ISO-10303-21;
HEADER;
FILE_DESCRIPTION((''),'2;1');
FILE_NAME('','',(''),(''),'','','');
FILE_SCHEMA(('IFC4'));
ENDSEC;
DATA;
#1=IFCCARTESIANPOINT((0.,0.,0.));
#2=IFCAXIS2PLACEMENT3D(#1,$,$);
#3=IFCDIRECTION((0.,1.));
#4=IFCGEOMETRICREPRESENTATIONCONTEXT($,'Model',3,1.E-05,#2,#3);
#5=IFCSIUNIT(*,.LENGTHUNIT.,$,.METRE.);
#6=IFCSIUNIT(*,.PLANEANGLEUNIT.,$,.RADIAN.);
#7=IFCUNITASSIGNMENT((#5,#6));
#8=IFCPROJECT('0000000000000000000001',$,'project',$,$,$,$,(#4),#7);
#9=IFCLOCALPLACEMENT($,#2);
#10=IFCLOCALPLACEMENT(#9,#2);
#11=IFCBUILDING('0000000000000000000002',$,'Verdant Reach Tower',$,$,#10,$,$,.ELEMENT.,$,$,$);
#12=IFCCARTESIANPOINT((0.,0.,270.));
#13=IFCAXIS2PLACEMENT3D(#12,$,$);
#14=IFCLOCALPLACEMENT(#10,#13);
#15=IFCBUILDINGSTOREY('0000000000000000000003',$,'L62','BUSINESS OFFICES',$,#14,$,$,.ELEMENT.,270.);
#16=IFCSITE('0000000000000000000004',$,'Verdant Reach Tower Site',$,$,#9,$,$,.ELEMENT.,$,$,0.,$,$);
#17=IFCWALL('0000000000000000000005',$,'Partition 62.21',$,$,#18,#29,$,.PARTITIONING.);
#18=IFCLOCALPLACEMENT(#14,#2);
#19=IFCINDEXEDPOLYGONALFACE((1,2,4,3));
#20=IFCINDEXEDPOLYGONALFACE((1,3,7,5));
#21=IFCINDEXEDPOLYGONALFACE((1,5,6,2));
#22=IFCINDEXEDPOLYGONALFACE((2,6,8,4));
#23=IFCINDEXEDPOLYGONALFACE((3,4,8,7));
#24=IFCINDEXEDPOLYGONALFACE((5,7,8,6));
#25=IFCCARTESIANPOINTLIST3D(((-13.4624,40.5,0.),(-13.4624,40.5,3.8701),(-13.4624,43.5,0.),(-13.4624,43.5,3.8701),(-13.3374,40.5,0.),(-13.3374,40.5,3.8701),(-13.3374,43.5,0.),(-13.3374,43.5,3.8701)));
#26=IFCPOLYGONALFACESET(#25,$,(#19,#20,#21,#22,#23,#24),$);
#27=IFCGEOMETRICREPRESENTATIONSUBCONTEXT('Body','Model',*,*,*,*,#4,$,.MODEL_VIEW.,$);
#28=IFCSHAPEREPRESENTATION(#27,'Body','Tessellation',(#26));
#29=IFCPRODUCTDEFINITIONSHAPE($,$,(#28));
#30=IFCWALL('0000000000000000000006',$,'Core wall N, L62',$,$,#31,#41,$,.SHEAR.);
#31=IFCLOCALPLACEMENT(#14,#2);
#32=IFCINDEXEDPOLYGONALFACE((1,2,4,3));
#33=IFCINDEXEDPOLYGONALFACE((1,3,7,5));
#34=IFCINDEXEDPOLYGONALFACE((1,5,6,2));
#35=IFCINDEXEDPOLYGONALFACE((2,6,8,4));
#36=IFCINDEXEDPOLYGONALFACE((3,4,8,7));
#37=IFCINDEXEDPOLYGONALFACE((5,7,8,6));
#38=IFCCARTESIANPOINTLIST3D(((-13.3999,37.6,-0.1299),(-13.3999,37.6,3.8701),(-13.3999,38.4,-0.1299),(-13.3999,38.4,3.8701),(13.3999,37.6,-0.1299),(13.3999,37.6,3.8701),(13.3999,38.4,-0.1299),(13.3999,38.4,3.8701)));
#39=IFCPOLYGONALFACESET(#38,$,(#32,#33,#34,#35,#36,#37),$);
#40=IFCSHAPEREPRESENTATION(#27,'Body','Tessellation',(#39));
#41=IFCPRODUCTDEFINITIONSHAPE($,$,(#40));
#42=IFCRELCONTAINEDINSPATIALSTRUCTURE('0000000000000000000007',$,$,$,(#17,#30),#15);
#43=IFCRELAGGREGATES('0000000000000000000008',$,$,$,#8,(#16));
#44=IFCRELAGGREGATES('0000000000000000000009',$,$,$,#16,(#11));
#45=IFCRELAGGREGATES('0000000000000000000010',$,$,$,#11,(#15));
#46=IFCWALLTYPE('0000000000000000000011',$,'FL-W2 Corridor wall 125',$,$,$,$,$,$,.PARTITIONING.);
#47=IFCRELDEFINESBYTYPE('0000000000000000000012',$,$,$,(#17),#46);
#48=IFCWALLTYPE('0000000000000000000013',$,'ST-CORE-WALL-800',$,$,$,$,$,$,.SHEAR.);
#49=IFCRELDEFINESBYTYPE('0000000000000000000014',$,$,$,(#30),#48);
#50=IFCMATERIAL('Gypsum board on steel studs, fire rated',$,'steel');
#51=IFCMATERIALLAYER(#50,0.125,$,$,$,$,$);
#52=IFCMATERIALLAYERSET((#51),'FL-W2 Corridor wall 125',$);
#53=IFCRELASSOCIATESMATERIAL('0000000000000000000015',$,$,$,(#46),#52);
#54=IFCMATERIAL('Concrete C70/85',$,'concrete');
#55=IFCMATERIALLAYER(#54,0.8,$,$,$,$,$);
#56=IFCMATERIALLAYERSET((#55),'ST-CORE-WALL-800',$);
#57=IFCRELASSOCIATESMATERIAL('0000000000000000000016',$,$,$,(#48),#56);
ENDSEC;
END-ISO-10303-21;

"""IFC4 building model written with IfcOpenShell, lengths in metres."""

from ifc_helpers import new_model, si_unit, direction, frame, frame_2d, origin, place, context, subcontext, project, spatial, rectangle, extrude, material, layer, layer_set, type_object, element, save


model = new_model("IFC4")

# Units and contexts
model_context = context("Model", 3, precision=1e-05, world=origin(), true_north=direction((0.0, 1.0)))
body_context = subcontext(model_context, "Body", "Model", "MODEL_VIEW")
ifc_project = project(units=[si_unit("LENGTHUNIT", "METRE"), si_unit("PLANEANGLEUNIT", "RADIAN")], contexts=[model_context])

# Site, building, storey
site_placement = place(None, origin())
site = spatial("IfcSite", under=ifc_project, at=site_placement, Name="Verdant Reach Tower Site", CompositionType="ELEMENT", RefElevation=0.0)
building_placement = place(site_placement, origin())
building = spatial("IfcBuilding", under=site, at=building_placement, Name="Verdant Reach Tower", CompositionType="ELEMENT")
storey_placement = place(building_placement, frame((0.0, 0.0, 270.0)))
storey = spatial("IfcBuildingStorey", under=building, at=storey_placement, Name="L62", Description="BUSINESS OFFICES", CompositionType="ELEMENT", Elevation=270.0)

# Shared definitions
ifc_material_1 = material(Name="Gypsum board on steel studs, fire rated", Category="steel")
ifc_layer_1 = layer(ifc_material_1, 0.125)
ifc_layer_set_1 = layer_set([ifc_layer_1], Name="FL-W2 Corridor wall 125")
wall_type_1 = type_object("IfcWallType", Name="FL-W2 Corridor wall 125", PredefinedType="PARTITIONING", material=ifc_layer_set_1)

# Walls
wall_1_placement = place(storey_placement, frame((-13.3999, 40.5, 0.0), z_axis=(0.0, 0.0, 1.0), x_axis=(0.0, 1.0, 0.0)))
element("IfcWall", 1, at=wall_1_placement, inside=storey, type_object=wall_type_1, Name="Partition 62.21", PredefinedType="PARTITIONING", context=body_context, shape_type="SweptSolid", body=[
    extrude(rectangle(XDim=3.0, YDim=0.125, at=frame_2d((1.5, 0.0))), origin(), (0.0, 0.0, 1.0), 3.8701),
])
ifc_material_2 = material(Name="Concrete C70/85", Category="concrete")
ifc_layer_2 = layer(ifc_material_2, 0.8)
ifc_layer_set_2 = layer_set([ifc_layer_2], Name="ST-CORE-WALL-800")
wall_type_2 = type_object("IfcWallType", Name="ST-CORE-WALL-800", PredefinedType="SHEAR", material=ifc_layer_set_2)
wall_2_placement = place(storey_placement, frame((-13.3999, 38.0, -0.1299), z_axis=(0.0, 0.0, 1.0), x_axis=(1.0, 0.0, 0.0)))
element("IfcWall", 2, at=wall_2_placement, inside=storey, type_object=wall_type_2, Name="Core wall N, L62", PredefinedType="SHEAR", context=body_context, shape_type="SweptSolid", body=[
    extrude(rectangle(XDim=26.7998, YDim=0.8, at=frame_2d((13.3999, 0.0))), origin(), (0.0, 0.0, 1.0), 4.0),
])

save(model, "model.ifc")
